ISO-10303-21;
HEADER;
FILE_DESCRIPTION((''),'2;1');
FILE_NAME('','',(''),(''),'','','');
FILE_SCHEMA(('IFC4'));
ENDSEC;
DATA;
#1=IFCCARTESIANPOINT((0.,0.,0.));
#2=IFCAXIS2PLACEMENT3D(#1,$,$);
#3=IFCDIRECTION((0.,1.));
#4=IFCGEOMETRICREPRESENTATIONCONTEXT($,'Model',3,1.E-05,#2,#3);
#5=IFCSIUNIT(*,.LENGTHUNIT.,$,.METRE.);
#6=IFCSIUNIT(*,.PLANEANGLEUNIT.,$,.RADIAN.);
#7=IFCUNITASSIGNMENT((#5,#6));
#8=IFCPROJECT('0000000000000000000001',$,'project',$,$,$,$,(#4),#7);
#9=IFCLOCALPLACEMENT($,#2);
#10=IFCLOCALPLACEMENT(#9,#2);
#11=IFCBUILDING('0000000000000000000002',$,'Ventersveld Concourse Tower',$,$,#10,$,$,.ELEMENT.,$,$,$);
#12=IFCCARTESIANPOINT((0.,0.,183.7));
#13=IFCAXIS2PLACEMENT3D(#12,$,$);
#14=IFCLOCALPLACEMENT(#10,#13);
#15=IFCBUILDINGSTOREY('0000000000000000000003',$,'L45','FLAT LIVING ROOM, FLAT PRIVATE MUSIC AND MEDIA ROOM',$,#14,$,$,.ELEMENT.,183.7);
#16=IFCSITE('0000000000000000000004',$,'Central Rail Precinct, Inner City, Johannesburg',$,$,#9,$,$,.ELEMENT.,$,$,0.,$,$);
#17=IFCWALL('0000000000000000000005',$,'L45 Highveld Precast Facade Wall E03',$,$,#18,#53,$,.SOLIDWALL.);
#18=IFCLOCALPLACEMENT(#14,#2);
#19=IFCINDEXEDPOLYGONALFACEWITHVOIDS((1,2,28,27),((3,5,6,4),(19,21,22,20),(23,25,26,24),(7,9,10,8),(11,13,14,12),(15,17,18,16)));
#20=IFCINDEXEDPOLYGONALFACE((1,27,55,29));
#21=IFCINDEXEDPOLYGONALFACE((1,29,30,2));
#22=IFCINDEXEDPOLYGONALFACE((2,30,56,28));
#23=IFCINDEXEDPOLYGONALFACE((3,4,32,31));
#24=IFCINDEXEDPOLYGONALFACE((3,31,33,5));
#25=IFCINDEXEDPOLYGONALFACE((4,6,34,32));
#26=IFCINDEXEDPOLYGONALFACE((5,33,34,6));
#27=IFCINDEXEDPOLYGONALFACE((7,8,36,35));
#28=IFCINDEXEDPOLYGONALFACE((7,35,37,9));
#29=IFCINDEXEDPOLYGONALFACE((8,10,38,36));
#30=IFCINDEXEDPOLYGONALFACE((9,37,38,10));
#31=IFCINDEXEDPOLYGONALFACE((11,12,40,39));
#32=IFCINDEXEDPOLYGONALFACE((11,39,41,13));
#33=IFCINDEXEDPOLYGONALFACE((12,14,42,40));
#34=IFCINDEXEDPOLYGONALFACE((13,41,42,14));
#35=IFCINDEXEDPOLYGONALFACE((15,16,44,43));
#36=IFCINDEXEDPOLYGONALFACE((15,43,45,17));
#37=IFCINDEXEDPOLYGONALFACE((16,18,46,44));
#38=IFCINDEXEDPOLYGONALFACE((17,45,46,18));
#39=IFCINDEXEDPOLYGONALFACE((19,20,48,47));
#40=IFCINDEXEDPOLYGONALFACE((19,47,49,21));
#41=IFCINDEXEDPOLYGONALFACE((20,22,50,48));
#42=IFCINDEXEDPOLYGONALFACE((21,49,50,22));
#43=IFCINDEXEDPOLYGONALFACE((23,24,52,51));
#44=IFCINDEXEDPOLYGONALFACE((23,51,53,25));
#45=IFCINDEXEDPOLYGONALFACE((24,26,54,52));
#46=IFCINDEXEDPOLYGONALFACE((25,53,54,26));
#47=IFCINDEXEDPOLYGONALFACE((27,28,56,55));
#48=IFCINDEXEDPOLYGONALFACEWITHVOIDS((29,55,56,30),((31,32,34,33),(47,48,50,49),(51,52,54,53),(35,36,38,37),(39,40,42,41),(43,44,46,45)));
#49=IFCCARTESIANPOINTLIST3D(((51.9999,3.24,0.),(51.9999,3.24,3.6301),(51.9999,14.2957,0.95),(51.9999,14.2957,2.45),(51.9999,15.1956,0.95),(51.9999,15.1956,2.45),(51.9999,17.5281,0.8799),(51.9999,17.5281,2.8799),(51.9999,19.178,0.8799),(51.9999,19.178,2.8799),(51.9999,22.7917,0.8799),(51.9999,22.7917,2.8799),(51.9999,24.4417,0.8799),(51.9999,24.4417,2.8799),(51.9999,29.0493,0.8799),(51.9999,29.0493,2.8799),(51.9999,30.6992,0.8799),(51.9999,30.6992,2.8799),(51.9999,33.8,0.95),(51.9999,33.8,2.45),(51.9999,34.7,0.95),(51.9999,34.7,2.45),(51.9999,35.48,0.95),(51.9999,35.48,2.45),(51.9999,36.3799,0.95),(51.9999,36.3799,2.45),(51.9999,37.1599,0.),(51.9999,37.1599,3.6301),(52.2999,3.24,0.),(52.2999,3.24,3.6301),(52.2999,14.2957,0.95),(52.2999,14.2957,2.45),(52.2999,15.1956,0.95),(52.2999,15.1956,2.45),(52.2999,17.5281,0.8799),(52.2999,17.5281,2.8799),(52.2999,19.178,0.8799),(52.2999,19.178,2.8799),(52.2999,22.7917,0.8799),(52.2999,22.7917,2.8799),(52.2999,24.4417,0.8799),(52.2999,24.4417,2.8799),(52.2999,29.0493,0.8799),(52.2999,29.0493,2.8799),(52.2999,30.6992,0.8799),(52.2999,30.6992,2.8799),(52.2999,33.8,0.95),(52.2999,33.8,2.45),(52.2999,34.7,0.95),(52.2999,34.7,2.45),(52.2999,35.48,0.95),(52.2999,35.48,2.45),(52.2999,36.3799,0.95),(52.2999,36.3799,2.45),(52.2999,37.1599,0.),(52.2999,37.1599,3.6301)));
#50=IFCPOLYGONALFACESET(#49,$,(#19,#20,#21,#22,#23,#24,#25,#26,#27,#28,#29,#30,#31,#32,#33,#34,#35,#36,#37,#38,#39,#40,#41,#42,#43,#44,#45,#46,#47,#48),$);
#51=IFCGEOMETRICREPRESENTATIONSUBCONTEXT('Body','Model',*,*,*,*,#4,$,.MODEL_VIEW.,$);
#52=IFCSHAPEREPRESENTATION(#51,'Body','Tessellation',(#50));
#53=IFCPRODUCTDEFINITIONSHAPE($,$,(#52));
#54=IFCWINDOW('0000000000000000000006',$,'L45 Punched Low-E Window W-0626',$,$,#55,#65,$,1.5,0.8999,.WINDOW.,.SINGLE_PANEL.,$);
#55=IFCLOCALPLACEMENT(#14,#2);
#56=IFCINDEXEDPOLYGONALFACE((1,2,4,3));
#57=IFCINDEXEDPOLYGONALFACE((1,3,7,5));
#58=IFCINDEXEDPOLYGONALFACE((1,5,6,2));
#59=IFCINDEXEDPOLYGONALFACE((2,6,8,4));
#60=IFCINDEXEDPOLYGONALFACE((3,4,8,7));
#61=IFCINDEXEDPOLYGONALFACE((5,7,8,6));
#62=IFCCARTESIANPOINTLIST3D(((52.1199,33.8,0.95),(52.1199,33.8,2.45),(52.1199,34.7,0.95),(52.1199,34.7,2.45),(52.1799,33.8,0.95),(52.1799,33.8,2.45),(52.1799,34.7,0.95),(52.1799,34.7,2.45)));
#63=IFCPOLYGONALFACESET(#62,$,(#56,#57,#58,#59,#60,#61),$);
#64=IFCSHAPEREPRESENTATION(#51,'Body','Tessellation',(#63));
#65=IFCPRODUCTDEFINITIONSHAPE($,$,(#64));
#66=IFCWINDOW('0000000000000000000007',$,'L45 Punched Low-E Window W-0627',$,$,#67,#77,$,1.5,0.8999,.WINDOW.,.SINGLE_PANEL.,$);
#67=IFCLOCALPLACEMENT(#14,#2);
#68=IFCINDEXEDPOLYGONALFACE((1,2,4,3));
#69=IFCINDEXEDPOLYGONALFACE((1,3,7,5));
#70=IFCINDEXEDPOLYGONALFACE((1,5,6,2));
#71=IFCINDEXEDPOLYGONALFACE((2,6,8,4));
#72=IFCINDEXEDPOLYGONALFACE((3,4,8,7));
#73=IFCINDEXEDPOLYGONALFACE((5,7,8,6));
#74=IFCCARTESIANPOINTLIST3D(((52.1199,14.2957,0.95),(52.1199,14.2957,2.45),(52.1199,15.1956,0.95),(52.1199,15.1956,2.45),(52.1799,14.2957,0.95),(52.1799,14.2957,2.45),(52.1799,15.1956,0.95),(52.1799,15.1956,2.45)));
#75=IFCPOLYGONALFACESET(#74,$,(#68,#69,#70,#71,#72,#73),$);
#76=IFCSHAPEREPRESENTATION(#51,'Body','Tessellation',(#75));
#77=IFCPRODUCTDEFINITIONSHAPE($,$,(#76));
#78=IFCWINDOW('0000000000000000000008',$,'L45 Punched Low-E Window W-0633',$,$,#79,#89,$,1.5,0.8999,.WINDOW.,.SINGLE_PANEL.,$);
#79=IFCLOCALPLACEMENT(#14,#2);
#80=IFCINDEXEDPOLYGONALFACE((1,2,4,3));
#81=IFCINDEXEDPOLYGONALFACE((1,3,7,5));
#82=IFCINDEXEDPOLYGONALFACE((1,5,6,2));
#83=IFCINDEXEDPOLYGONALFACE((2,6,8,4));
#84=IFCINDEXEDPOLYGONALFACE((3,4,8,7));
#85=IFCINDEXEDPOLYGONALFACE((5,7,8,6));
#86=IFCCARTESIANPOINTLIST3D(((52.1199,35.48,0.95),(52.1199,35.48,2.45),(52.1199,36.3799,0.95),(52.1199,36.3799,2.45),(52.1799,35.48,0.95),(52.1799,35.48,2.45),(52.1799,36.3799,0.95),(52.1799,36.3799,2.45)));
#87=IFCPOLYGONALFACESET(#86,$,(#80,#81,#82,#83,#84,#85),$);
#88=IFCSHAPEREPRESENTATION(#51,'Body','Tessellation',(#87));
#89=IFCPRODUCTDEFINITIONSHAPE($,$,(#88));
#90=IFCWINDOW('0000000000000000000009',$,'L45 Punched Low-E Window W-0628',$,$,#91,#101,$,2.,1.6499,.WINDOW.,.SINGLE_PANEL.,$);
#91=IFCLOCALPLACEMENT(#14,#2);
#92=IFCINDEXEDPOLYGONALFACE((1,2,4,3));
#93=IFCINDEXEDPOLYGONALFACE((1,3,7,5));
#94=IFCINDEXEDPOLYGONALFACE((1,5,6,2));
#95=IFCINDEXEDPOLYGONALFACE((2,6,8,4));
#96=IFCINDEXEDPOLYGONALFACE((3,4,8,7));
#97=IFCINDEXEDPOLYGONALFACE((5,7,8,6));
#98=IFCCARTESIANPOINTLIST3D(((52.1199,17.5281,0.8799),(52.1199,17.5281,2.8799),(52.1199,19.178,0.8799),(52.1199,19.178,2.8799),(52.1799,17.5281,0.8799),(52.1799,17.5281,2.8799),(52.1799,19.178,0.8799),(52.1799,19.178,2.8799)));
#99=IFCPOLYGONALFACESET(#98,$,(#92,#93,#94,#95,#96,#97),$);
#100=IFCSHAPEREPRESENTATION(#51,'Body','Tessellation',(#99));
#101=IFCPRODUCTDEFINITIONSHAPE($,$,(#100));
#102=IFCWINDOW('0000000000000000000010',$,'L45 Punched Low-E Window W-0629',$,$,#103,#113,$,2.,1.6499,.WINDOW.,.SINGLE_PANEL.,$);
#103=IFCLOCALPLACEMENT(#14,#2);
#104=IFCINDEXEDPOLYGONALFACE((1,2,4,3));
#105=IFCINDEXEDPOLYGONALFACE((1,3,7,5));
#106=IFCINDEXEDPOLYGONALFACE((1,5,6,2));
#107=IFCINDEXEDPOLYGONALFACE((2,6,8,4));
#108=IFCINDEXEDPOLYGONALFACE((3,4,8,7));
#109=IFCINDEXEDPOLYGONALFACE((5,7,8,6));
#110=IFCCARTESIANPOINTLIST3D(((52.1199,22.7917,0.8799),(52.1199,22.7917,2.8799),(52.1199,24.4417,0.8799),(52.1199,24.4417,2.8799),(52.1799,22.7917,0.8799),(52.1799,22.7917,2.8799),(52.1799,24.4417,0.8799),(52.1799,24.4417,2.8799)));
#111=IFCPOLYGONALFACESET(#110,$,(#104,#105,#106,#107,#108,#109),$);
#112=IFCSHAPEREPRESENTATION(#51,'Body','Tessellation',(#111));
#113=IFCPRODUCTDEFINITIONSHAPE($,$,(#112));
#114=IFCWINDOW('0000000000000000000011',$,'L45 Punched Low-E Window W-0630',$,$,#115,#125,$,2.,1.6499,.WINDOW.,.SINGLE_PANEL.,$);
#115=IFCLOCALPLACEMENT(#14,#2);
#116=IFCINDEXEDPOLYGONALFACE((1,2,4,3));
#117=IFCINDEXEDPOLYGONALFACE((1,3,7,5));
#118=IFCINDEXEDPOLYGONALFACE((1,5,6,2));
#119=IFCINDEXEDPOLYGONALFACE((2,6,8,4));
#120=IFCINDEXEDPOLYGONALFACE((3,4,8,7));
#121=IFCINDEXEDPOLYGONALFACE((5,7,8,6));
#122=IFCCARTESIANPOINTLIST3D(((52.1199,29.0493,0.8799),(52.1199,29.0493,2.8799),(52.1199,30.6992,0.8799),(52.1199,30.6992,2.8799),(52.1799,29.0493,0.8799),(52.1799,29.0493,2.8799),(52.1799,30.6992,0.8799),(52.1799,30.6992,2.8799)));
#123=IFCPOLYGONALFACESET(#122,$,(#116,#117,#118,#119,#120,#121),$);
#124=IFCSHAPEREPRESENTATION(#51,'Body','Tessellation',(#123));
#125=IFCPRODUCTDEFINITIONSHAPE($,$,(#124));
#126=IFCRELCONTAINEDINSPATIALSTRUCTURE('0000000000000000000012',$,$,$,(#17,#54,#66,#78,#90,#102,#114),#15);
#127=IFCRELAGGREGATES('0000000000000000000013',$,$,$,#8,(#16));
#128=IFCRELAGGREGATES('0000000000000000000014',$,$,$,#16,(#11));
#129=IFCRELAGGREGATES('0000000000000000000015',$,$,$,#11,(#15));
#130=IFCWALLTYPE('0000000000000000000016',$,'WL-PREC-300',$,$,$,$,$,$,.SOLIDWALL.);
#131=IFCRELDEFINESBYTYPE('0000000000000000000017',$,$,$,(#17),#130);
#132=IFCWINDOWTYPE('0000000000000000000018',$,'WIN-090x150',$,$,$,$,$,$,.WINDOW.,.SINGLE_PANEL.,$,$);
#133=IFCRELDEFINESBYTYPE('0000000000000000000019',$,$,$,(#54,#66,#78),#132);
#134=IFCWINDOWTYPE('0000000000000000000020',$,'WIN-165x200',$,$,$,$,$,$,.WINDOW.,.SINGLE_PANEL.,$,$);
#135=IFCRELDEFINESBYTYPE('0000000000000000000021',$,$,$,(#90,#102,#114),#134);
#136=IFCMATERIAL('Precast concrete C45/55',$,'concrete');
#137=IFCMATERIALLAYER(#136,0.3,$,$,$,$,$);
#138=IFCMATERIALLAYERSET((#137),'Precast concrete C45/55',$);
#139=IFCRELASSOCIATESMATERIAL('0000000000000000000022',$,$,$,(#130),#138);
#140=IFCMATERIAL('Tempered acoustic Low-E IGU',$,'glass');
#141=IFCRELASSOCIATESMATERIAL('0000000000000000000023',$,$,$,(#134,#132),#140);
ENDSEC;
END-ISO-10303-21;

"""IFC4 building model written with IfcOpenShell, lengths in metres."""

from ifc_helpers import new_model, si_unit, direction, frame, frame_2d, origin, place, context, subcontext, project, spatial, rectangle, extrude, material, layer, layer_set, type_object, element, fill, save


model = new_model("IFC4")

# Units and contexts
model_context = context("Model", 3, precision=1e-05, world=origin(), true_north=direction((0.0, 1.0)))
body_context = subcontext(model_context, "Body", "Model", "MODEL_VIEW")
ifc_project = project(units=[si_unit("LENGTHUNIT", "METRE"), si_unit("PLANEANGLEUNIT", "RADIAN")], contexts=[model_context])

# Site, building, storey
site_placement = place(None, origin())
site = spatial("IfcSite", under=ifc_project, at=site_placement, Name="Central Rail Precinct, Inner City, Johannesburg", CompositionType="ELEMENT", RefElevation=0.0)
building_placement = place(site_placement, origin())
building = spatial("IfcBuilding", under=site, at=building_placement, Name="Ventersveld Concourse Tower", CompositionType="ELEMENT")
storey_placement = place(building_placement, frame((0.0, 0.0, 183.7)))
storey = spatial("IfcBuildingStorey", under=building, at=storey_placement, Name="L45", Description="FLAT LIVING ROOM, FLAT PRIVATE MUSIC AND MEDIA ROOM", CompositionType="ELEMENT", Elevation=183.7)

# Shared definitions
ifc_material_1 = material(Name="Precast concrete C45/55", Category="concrete")
ifc_layer_1 = layer(ifc_material_1, 0.3)
ifc_layer_set_1 = layer_set([ifc_layer_1], Name="Precast concrete C45/55")
wall_type_1 = type_object("IfcWallType", Name="WL-PREC-300", PredefinedType="SOLIDWALL", material=ifc_layer_set_1)
ifc_material_2 = material(Name="Tempered acoustic Low-E IGU", Category="glass")
window_type_1 = type_object("IfcWindowType", Name="WIN-165x200", PartitioningType="SINGLE_PANEL", PredefinedType="WINDOW", material=ifc_material_2)

# Wall, openings, windows
wall_1_placement = place(storey_placement, frame((52.1499, 3.24, 0.0), z_axis=(0.0, 0.0, 1.0), x_axis=(0.0, 1.0, 0.0)))
wall_1 = element("IfcWall", 1, at=wall_1_placement, inside=storey, type_object=wall_type_1, Name="L45 Highveld Precast Facade Wall E03", PredefinedType="SOLIDWALL", context=body_context, shape_type="SweptSolid", body=[
    extrude(rectangle(XDim=33.9199, YDim=0.3, at=frame_2d((16.96, 0.0))), origin(), (0.0, 0.0, 1.0), 3.6301),
])
opening_1_placement = place(wall_1_placement, frame((30.5601, 0.0, 0.95)))
opening_1 = element("IfcOpeningElement", 2, at=opening_1_placement, cuts=wall_1, PredefinedType="OPENING", context=body_context, shape_type="SweptSolid", body=[
    extrude(rectangle(XDim=0.8999, YDim=1.5, at=frame_2d((0.45, 0.75))), frame((0.0, 0.1602, 0.0), z_axis=(0.0, -1.0, 0.0), x_axis=(1.0, 0.0, 0.0)), (0.0, 0.0, 1.0), 0.3201),
])
opening_2_placement = place(wall_1_placement, frame((11.0557, 0.0, 0.95)))
opening_2 = element("IfcOpeningElement", 3, at=opening_2_placement, cuts=wall_1, PredefinedType="OPENING", context=body_context, shape_type="SweptSolid", body=[
    extrude(rectangle(XDim=0.8999, YDim=1.5, at=frame_2d((0.45, 0.75))), frame((0.0, 0.1602, 0.0), z_axis=(0.0, -1.0, 0.0), x_axis=(1.0, 0.0, 0.0)), (0.0, 0.0, 1.0), 0.3201),
])
opening_3_placement = place(wall_1_placement, frame((14.2881, 0.0, 0.8799)))
opening_3 = element("IfcOpeningElement", 4, at=opening_3_placement, cuts=wall_1, PredefinedType="OPENING", context=body_context, shape_type="SweptSolid", body=[
    extrude(rectangle(XDim=1.6499, YDim=2.0, at=frame_2d((0.825, 1.0))), frame((0.0, 0.1602, 0.0), z_axis=(0.0, -1.0, 0.0), x_axis=(1.0, 0.0, 0.0)), (0.0, 0.0, 1.0), 0.3201),
])
opening_4_placement = place(wall_1_placement, frame((19.5518, 0.0, 0.8799)))
opening_4 = element("IfcOpeningElement", 5, at=opening_4_placement, cuts=wall_1, PredefinedType="OPENING", context=body_context, shape_type="SweptSolid", body=[
    extrude(rectangle(XDim=1.6499, YDim=2.0, at=frame_2d((0.825, 1.0))), frame((0.0, 0.1602, 0.0), z_axis=(0.0, -1.0, 0.0), x_axis=(1.0, 0.0, 0.0)), (0.0, 0.0, 1.0), 0.3201),
])
opening_5_placement = place(wall_1_placement, frame((25.8093, 0.0, 0.8799)))
opening_5 = element("IfcOpeningElement", 6, at=opening_5_placement, cuts=wall_1, PredefinedType="OPENING", context=body_context, shape_type="SweptSolid", body=[
    extrude(rectangle(XDim=1.6499, YDim=2.0, at=frame_2d((0.825, 1.0))), frame((0.0, 0.1602, 0.0), z_axis=(0.0, -1.0, 0.0), x_axis=(1.0, 0.0, 0.0)), (0.0, 0.0, 1.0), 0.3201),
])
opening_6_placement = place(wall_1_placement, frame((32.24, 0.0, 0.95)))
opening_6 = element("IfcOpeningElement", 7, at=opening_6_placement, cuts=wall_1, PredefinedType="OPENING", context=body_context, shape_type="SweptSolid", body=[
    extrude(rectangle(XDim=0.8999, YDim=1.5, at=frame_2d((0.45, 0.75))), frame((0.0, 0.1602, 0.0), z_axis=(0.0, -1.0, 0.0), x_axis=(1.0, 0.0, 0.0)), (0.0, 0.0, 1.0), 0.3201),
])
window_type_2 = type_object("IfcWindowType", Name="WIN-090x150", PartitioningType="SINGLE_PANEL", PredefinedType="WINDOW", material=ifc_material_2)
window_1_placement = place(opening_1_placement, origin())
window_1 = element("IfcWindow", 8, at=window_1_placement, inside=storey, type_object=window_type_2, Name="L45 Punched Low-E Window W-0626", OverallHeight=1.5, OverallWidth=0.8999, PartitioningType="SINGLE_PANEL", PredefinedType="WINDOW", context=body_context, shape_type="SweptSolid", body=[
    extrude(rectangle(XDim=0.8999, YDim=1.5, at=frame_2d((0.45, 0.75))), frame((0.0, 0.03, 0.0), z_axis=(0.0, -1.0, 0.0), x_axis=(1.0, 0.0, 0.0)), (0.0, 0.0, 1.0), 0.0601),
])
fill(opening_1, window_1)
window_2_placement = place(opening_2_placement, origin())
window_2 = element("IfcWindow", 9, at=window_2_placement, inside=storey, type_object=window_type_2, Name="L45 Punched Low-E Window W-0627", OverallHeight=1.5, OverallWidth=0.8999, PartitioningType="SINGLE_PANEL", PredefinedType="WINDOW", context=body_context, shape_type="SweptSolid", body=[
    extrude(rectangle(XDim=0.8999, YDim=1.5, at=frame_2d((0.45, 0.75))), frame((0.0, 0.03, 0.0), z_axis=(0.0, -1.0, 0.0), x_axis=(1.0, 0.0, 0.0)), (0.0, 0.0, 1.0), 0.0601),
])
fill(opening_2, window_2)
window_3_placement = place(opening_6_placement, origin())
window_3 = element("IfcWindow", 10, at=window_3_placement, inside=storey, type_object=window_type_2, Name="L45 Punched Low-E Window W-0633", OverallHeight=1.5, OverallWidth=0.8999, PartitioningType="SINGLE_PANEL", PredefinedType="WINDOW", context=body_context, shape_type="SweptSolid", body=[
    extrude(rectangle(XDim=0.8999, YDim=1.5, at=frame_2d((0.45, 0.75))), frame((0.0, 0.03, 0.0), z_axis=(0.0, -1.0, 0.0), x_axis=(1.0, 0.0, 0.0)), (0.0, 0.0, 1.0), 0.0601),
])
fill(opening_6, window_3)
window_4_placement = place(opening_3_placement, origin())
window_4 = element("IfcWindow", 11, at=window_4_placement, inside=storey, type_object=window_type_1, Name="L45 Punched Low-E Window W-0628", OverallHeight=2.0, OverallWidth=1.6499, PartitioningType="SINGLE_PANEL", PredefinedType="WINDOW", context=body_context, shape_type="SweptSolid", body=[
    extrude(rectangle(XDim=1.6499, YDim=2.0, at=frame_2d((0.825, 1.0))), frame((0.0, 0.03, 0.0), z_axis=(0.0, -1.0, 0.0), x_axis=(1.0, 0.0, 0.0)), (0.0, 0.0, 1.0), 0.0601),
])
fill(opening_3, window_4)
window_5_placement = place(opening_4_placement, origin())
window_5 = element("IfcWindow", 12, at=window_5_placement, inside=storey, type_object=window_type_1, Name="L45 Punched Low-E Window W-0629", OverallHeight=2.0, OverallWidth=1.6499, PartitioningType="SINGLE_PANEL", PredefinedType="WINDOW", context=body_context, shape_type="SweptSolid", body=[
    extrude(rectangle(XDim=1.6499, YDim=2.0, at=frame_2d((0.825, 1.0))), frame((0.0, 0.03, 0.0), z_axis=(0.0, -1.0, 0.0), x_axis=(1.0, 0.0, 0.0)), (0.0, 0.0, 1.0), 0.0601),
])
fill(opening_4, window_5)
window_6_placement = place(opening_5_placement, origin())
window_6 = element("IfcWindow", 13, at=window_6_placement, inside=storey, type_object=window_type_1, Name="L45 Punched Low-E Window W-0630", OverallHeight=2.0, OverallWidth=1.6499, PartitioningType="SINGLE_PANEL", PredefinedType="WINDOW", context=body_context, shape_type="SweptSolid", body=[
    extrude(rectangle(XDim=1.6499, YDim=2.0, at=frame_2d((0.825, 1.0))), frame((0.0, 0.03, 0.0), z_axis=(0.0, -1.0, 0.0), x_axis=(1.0, 0.0, 0.0)), (0.0, 0.0, 1.0), 0.0601),
])
fill(opening_5, window_6)

save(model, "model.ifc")
